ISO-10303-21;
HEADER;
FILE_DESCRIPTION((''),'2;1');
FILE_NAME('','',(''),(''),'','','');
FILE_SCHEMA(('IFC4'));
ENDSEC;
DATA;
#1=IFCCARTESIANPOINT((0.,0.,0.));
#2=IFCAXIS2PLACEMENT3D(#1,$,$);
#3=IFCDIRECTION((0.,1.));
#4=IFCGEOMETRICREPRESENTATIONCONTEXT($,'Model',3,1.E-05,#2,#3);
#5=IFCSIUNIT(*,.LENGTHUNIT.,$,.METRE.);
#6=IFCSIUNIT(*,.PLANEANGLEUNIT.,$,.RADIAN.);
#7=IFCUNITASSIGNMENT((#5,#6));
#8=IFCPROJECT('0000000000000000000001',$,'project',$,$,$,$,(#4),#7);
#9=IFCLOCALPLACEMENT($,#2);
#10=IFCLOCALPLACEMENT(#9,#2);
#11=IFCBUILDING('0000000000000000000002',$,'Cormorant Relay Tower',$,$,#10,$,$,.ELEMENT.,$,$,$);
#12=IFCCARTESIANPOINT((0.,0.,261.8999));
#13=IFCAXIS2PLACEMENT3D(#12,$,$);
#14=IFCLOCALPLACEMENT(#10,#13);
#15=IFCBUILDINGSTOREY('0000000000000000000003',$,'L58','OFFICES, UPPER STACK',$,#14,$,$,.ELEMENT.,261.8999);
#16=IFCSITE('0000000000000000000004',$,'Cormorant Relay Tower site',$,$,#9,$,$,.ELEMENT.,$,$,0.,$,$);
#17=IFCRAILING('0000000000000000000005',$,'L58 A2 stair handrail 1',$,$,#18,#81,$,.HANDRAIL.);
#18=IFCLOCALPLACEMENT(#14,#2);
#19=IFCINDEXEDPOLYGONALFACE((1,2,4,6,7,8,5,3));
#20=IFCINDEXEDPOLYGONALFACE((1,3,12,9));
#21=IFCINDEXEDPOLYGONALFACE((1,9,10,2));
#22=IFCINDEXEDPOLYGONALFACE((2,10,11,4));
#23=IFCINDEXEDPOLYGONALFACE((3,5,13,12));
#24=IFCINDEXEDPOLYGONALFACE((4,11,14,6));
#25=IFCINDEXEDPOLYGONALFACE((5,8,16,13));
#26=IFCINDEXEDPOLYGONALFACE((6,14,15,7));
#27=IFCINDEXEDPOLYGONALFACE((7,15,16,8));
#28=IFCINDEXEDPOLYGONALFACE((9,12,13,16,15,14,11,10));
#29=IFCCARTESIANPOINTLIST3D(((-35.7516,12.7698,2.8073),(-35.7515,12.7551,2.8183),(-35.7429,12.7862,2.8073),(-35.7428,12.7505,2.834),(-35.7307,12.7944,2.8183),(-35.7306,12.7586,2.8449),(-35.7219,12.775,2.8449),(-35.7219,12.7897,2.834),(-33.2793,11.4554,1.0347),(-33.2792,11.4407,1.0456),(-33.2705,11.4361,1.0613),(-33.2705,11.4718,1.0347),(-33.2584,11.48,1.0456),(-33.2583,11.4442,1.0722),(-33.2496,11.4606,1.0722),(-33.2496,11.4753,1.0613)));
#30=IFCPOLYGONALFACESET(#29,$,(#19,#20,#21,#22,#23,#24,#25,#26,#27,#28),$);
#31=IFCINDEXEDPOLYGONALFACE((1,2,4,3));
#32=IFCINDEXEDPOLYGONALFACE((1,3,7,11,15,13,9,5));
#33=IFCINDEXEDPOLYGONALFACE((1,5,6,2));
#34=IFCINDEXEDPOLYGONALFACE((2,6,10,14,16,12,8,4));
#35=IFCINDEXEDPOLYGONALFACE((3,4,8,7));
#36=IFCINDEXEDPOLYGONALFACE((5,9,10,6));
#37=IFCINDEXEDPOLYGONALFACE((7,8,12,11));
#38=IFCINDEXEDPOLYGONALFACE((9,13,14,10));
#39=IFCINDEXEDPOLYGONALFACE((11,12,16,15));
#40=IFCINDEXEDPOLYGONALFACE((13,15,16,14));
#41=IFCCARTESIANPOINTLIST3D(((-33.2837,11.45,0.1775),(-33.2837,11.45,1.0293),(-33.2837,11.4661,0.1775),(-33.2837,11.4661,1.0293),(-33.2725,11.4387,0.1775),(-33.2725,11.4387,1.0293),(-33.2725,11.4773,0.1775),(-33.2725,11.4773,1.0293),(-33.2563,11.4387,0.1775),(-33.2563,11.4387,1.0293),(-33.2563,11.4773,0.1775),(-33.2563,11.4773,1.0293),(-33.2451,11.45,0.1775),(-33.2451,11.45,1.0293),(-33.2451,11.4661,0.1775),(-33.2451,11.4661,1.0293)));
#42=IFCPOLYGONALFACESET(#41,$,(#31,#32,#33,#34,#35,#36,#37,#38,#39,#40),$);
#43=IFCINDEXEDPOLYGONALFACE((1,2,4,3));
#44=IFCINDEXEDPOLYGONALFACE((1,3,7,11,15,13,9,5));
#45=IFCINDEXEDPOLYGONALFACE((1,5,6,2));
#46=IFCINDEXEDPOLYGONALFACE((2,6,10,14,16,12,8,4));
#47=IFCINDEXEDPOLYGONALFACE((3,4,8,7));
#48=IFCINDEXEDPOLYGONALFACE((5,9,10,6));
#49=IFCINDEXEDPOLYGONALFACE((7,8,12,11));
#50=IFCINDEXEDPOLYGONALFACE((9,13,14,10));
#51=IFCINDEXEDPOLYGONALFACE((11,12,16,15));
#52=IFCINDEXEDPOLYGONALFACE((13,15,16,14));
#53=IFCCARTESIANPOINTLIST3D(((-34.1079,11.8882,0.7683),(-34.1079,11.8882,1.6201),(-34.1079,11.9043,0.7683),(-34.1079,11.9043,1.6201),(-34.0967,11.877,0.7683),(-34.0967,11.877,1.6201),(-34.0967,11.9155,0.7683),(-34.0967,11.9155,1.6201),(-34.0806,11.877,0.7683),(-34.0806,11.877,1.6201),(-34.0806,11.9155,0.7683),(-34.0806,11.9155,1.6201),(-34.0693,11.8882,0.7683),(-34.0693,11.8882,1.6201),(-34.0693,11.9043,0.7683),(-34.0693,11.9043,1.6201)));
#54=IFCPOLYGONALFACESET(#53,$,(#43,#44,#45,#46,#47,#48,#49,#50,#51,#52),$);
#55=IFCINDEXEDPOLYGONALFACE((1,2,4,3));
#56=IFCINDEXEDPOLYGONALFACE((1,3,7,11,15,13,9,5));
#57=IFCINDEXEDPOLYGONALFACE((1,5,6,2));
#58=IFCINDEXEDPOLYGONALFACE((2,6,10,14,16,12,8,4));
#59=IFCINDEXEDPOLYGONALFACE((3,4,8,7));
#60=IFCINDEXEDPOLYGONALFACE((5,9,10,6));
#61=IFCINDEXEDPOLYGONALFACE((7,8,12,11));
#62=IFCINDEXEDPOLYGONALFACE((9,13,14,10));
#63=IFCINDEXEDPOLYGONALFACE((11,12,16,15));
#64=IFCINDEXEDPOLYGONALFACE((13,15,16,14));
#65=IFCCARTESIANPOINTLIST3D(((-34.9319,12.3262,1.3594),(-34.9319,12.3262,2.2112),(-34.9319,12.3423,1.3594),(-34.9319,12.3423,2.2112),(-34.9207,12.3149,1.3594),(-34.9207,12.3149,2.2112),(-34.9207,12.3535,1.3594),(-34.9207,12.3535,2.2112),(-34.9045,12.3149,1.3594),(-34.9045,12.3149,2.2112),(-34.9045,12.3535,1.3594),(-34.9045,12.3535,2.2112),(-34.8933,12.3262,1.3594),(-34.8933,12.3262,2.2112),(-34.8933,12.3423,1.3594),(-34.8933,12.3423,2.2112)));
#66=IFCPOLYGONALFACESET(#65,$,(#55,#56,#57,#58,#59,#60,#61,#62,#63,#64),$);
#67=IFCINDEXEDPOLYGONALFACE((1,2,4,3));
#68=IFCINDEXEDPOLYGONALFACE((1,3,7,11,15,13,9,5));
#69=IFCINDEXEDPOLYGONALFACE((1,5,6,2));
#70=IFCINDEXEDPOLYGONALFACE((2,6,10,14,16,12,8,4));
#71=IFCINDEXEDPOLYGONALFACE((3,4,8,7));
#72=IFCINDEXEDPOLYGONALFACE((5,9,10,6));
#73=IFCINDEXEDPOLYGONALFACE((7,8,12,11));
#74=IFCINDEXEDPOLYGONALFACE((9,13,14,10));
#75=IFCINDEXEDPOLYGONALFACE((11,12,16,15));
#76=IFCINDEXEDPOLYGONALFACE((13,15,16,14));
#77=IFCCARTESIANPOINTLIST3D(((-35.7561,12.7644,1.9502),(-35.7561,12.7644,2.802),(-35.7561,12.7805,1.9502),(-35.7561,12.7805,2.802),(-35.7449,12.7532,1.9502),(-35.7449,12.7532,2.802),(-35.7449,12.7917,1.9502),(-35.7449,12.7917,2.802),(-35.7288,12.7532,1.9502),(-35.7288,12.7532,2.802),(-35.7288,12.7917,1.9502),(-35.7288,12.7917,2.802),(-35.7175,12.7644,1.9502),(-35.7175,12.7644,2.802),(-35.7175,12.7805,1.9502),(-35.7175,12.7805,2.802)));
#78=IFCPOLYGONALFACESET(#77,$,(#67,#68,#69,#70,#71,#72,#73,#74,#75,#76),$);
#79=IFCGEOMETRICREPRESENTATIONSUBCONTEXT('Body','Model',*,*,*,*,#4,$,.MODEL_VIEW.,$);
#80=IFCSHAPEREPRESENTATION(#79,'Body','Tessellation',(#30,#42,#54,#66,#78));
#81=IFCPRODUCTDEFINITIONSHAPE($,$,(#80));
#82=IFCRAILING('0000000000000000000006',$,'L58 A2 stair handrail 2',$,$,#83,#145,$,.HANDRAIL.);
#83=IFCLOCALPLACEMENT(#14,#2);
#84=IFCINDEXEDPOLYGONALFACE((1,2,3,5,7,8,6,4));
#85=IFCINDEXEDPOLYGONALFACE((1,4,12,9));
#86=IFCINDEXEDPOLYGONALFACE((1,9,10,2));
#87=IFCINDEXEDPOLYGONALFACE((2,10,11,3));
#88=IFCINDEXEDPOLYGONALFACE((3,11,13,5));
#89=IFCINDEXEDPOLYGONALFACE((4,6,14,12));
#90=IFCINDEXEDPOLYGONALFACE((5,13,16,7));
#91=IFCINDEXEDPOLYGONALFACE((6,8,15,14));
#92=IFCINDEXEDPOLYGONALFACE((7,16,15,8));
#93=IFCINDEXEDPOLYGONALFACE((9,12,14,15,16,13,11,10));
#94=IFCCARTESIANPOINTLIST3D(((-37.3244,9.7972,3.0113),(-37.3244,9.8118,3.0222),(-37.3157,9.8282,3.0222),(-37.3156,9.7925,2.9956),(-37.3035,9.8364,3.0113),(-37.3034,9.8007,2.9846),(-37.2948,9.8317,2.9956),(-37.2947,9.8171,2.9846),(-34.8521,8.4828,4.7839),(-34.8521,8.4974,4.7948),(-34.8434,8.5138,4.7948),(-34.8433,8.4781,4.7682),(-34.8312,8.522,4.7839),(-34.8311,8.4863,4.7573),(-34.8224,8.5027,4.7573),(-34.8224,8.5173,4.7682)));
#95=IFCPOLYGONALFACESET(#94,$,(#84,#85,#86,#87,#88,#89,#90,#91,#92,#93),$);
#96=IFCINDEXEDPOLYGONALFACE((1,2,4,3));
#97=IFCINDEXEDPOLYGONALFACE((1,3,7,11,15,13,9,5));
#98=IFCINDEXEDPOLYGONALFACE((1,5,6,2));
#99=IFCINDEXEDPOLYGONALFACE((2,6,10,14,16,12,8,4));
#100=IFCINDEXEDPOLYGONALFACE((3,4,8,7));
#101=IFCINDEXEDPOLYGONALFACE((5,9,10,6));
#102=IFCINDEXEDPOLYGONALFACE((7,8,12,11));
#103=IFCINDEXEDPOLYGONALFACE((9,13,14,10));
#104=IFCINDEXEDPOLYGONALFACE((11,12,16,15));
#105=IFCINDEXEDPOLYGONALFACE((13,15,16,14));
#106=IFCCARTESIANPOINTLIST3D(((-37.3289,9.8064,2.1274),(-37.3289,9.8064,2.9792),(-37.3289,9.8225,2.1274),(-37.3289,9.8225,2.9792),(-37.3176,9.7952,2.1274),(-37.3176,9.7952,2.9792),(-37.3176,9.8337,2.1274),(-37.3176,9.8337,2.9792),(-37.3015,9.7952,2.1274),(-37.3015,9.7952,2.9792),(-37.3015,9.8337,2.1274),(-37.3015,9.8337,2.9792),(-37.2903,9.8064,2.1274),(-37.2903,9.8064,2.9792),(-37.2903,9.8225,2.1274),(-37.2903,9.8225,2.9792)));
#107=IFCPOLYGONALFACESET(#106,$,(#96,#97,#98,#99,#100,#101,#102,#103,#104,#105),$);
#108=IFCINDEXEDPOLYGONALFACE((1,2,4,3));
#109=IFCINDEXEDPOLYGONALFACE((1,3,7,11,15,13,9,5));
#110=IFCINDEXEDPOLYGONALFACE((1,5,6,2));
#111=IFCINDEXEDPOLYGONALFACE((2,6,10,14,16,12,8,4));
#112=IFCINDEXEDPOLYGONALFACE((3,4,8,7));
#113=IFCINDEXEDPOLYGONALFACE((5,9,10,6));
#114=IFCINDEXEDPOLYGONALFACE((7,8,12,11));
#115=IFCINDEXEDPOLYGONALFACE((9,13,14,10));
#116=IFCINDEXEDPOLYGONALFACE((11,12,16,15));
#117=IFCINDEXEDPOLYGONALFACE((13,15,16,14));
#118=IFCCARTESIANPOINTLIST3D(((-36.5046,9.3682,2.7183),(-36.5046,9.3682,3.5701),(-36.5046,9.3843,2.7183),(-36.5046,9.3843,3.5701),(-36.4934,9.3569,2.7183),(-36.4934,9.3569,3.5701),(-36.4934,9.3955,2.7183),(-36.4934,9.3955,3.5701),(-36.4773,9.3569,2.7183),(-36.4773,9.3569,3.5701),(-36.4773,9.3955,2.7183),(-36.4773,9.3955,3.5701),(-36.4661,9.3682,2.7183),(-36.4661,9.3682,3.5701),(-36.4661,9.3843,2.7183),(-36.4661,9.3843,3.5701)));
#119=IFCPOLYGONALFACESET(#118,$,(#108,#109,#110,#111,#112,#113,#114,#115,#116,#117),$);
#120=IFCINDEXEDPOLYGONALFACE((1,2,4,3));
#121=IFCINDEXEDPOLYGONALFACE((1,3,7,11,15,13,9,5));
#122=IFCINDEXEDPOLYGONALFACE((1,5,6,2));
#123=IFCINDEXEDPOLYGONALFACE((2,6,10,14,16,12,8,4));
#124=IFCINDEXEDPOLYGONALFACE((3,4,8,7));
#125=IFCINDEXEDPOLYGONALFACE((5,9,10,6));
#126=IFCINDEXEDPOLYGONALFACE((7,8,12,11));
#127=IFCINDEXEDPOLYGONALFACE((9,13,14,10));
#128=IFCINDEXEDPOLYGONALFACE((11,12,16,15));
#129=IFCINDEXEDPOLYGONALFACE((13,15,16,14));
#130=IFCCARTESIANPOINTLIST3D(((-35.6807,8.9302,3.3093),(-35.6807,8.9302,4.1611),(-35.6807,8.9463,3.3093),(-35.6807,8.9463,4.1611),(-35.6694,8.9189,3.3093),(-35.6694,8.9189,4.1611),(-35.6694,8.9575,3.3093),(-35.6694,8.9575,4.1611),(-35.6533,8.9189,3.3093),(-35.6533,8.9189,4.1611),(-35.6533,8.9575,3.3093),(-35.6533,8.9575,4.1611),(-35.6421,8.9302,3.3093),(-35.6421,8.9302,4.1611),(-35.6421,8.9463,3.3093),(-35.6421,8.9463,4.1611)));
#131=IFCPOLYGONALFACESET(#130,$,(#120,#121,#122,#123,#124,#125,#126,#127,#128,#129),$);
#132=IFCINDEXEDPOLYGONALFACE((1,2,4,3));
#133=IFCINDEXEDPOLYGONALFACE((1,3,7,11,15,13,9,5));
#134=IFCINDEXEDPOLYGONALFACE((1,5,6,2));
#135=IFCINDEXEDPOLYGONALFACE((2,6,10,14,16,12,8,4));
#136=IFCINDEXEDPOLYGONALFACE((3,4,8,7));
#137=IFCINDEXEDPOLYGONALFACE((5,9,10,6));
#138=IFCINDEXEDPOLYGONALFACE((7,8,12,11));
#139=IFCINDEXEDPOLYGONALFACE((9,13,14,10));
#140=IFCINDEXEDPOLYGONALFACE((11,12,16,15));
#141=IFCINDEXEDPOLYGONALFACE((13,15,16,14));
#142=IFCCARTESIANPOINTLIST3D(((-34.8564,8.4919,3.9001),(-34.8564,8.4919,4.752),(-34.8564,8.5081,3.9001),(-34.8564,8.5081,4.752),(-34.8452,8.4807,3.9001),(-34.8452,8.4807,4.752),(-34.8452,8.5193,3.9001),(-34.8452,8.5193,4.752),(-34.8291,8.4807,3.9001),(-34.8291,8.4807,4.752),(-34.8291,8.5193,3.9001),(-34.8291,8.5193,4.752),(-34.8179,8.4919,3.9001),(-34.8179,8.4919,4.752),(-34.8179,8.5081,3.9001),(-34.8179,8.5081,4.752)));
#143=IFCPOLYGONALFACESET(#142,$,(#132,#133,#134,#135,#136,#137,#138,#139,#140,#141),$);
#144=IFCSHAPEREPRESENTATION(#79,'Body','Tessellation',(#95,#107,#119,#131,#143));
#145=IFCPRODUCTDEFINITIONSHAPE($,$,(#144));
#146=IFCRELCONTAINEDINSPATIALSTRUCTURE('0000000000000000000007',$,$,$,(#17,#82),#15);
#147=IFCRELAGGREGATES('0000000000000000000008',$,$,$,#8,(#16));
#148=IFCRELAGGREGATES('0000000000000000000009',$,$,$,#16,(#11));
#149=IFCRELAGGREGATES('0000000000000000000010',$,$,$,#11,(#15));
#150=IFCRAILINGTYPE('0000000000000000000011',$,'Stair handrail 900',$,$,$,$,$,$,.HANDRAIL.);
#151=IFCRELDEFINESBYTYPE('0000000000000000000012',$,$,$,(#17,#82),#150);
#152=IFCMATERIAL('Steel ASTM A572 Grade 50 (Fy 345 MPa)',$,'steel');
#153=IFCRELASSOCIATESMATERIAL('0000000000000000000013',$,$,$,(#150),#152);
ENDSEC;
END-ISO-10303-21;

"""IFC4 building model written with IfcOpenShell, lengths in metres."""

from ifc_helpers import new_model, si_unit, direction, frame, origin, place, context, subcontext, project, spatial, polyline, outline, extrude, material, type_object, element, save


model = new_model("IFC4")

# Units and contexts
model_context = context("Model", 3, precision=1e-05, world=origin(), true_north=direction((0.0, 1.0)))
body_context = subcontext(model_context, "Body", "Model", "MODEL_VIEW")
ifc_project = project(units=[si_unit("LENGTHUNIT", "METRE"), si_unit("PLANEANGLEUNIT", "RADIAN")], contexts=[model_context])

# Site, building, storey
site_placement = place(None, origin())
site = spatial("IfcSite", under=ifc_project, at=site_placement, Name="Cormorant Relay Tower site", CompositionType="ELEMENT", RefElevation=0.0)
building_placement = place(site_placement, origin())
building = spatial("IfcBuilding", under=site, at=building_placement, Name="Cormorant Relay Tower", CompositionType="ELEMENT")
storey_placement = place(building_placement, frame((0.0, 0.0, 261.8999)))
storey = spatial("IfcBuildingStorey", under=building, at=storey_placement, Name="L58", Description="OFFICES, UPPER STACK", CompositionType="ELEMENT", Elevation=261.8999)

# Railings
ifc_material_1 = material(Name="Steel ASTM A572 Grade 50 (Fy 345 MPa)", Category="steel")
railing_type_1 = type_object("IfcRailingType", Name="Stair handrail 900", PredefinedType="HANDRAIL", material=ifc_material_1)
railing_1_placement = place(storey_placement, frame((-33.2644, 11.458, 0.1775)))
element("IfcRailing", 1, at=railing_1_placement, inside=storey, type_object=railing_type_1, Name="L58 A2 stair handrail 1", PredefinedType="HANDRAIL", context=body_context, shape_type="SweptSolid", body=[
    extrude(outline(polyline([(0.0222, 0.0093), (0.0093, 0.0222), (-0.0093, 0.0222), (-0.0222, 0.0093), (-0.0222, -0.0093), (-0.0093, -0.0222), (0.0093, -0.0222), (0.0222, -0.0093), (0.0222, 0.0093)])), frame((0.0, 0.0, 0.876), z_axis=(-0.746034, 0.396627, 0.534902), x_axis=(-0.469429, -0.88297, 0.0)), (0.0, 0.0, 1.0), 3.314),
    extrude(outline(polyline([(0.0193, 0.0081), (0.0081, 0.0193), (-0.0081, 0.0193), (-0.0193, 0.0081), (-0.0193, -0.0081), (-0.0081, -0.0193), (0.0081, -0.0193), (0.0193, -0.0081), (0.0193, 0.0081)])), origin(), (0.0, 0.0, 1.0), 0.8518),
    extrude(outline(polyline([(0.0193, 0.0081), (0.0081, 0.0193), (-0.0081, 0.0193), (-0.0193, 0.0081), (-0.0193, -0.0081), (-0.0081, -0.0193), (0.0081, -0.0193), (0.0193, -0.0081), (0.0193, 0.0081)])), frame((-0.8242, 0.4382, 0.5908)), (0.0, 0.0, 1.0), 0.8518),
    extrude(outline(polyline([(0.0193, 0.0081), (0.0081, 0.0193), (-0.0081, 0.0193), (-0.0193, 0.0081), (-0.0193, -0.0081), (-0.0081, -0.0193), (0.0081, -0.0193), (0.0193, -0.0081), (0.0193, 0.0081)])), frame((-1.6482, 0.8762, 1.1819)), (0.0, 0.0, 1.0), 0.8518),
    extrude(outline(polyline([(0.0193, 0.0081), (0.0081, 0.0193), (-0.0081, 0.0193), (-0.0193, 0.0081), (-0.0193, -0.0081), (-0.0081, -0.0193), (0.0081, -0.0193), (0.0193, -0.0081), (0.0193, 0.0081)])), frame((-2.4724, 1.3145, 1.7727)), (0.0, 0.0, 1.0), 0.8518),
])
railing_2_placement = place(storey_placement, frame((-37.3096, 9.8145, 2.1274)))
element("IfcRailing", 2, at=railing_2_placement, inside=storey, type_object=railing_type_1, Name="L58 A2 stair handrail 2", PredefinedType="HANDRAIL", context=body_context, shape_type="SweptSolid", body=[
    extrude(outline(polyline([(0.0222, 0.0093), (0.0093, 0.0222), (-0.0093, 0.0222), (-0.0222, 0.0093), (-0.0222, -0.0093), (-0.0093, -0.0222), (0.0093, -0.0222), (0.0222, -0.0093), (0.0222, 0.0093)])), frame((0.0, 0.0, 0.876), z_axis=(0.746034, -0.396627, 0.534902), x_axis=(0.469429, 0.88297, 0.0)), (0.0, 0.0, 1.0), 3.314),
    extrude(outline(polyline([(0.0193, 0.0081), (0.0081, 0.0193), (-0.0081, 0.0193), (-0.0193, 0.0081), (-0.0193, -0.0081), (-0.0081, -0.0193), (0.0081, -0.0193), (0.0193, -0.0081), (0.0193, 0.0081)])), origin(), (0.0, 0.0, 1.0), 0.8518),
    extrude(outline(polyline([(0.0193, 0.0081), (0.0081, 0.0193), (-0.0081, 0.0193), (-0.0193, 0.0081), (-0.0193, -0.0081), (-0.0081, -0.0193), (0.0081, -0.0193), (0.0193, -0.0081), (0.0193, 0.0081)])), frame((0.8242, -0.4382, 0.5908)), (0.0, 0.0, 1.0), 0.8518),
    extrude(outline(polyline([(0.0193, 0.0081), (0.0081, 0.0193), (-0.0081, 0.0193), (-0.0193, 0.0081), (-0.0193, -0.0081), (-0.0081, -0.0193), (0.0081, -0.0193), (0.0193, -0.0081), (0.0193, 0.0081)])), frame((1.6482, -0.8762, 1.1819)), (0.0, 0.0, 1.0), 0.8518),
    extrude(outline(polyline([(0.0193, 0.0081), (0.0081, 0.0193), (-0.0081, 0.0193), (-0.0193, 0.0081), (-0.0193, -0.0081), (-0.0081, -0.0193), (0.0081, -0.0193), (0.0193, -0.0081), (0.0193, 0.0081)])), frame((2.4724, -1.3145, 1.7727)), (0.0, 0.0, 1.0), 0.8518),
])

save(model, "model.ifc")
